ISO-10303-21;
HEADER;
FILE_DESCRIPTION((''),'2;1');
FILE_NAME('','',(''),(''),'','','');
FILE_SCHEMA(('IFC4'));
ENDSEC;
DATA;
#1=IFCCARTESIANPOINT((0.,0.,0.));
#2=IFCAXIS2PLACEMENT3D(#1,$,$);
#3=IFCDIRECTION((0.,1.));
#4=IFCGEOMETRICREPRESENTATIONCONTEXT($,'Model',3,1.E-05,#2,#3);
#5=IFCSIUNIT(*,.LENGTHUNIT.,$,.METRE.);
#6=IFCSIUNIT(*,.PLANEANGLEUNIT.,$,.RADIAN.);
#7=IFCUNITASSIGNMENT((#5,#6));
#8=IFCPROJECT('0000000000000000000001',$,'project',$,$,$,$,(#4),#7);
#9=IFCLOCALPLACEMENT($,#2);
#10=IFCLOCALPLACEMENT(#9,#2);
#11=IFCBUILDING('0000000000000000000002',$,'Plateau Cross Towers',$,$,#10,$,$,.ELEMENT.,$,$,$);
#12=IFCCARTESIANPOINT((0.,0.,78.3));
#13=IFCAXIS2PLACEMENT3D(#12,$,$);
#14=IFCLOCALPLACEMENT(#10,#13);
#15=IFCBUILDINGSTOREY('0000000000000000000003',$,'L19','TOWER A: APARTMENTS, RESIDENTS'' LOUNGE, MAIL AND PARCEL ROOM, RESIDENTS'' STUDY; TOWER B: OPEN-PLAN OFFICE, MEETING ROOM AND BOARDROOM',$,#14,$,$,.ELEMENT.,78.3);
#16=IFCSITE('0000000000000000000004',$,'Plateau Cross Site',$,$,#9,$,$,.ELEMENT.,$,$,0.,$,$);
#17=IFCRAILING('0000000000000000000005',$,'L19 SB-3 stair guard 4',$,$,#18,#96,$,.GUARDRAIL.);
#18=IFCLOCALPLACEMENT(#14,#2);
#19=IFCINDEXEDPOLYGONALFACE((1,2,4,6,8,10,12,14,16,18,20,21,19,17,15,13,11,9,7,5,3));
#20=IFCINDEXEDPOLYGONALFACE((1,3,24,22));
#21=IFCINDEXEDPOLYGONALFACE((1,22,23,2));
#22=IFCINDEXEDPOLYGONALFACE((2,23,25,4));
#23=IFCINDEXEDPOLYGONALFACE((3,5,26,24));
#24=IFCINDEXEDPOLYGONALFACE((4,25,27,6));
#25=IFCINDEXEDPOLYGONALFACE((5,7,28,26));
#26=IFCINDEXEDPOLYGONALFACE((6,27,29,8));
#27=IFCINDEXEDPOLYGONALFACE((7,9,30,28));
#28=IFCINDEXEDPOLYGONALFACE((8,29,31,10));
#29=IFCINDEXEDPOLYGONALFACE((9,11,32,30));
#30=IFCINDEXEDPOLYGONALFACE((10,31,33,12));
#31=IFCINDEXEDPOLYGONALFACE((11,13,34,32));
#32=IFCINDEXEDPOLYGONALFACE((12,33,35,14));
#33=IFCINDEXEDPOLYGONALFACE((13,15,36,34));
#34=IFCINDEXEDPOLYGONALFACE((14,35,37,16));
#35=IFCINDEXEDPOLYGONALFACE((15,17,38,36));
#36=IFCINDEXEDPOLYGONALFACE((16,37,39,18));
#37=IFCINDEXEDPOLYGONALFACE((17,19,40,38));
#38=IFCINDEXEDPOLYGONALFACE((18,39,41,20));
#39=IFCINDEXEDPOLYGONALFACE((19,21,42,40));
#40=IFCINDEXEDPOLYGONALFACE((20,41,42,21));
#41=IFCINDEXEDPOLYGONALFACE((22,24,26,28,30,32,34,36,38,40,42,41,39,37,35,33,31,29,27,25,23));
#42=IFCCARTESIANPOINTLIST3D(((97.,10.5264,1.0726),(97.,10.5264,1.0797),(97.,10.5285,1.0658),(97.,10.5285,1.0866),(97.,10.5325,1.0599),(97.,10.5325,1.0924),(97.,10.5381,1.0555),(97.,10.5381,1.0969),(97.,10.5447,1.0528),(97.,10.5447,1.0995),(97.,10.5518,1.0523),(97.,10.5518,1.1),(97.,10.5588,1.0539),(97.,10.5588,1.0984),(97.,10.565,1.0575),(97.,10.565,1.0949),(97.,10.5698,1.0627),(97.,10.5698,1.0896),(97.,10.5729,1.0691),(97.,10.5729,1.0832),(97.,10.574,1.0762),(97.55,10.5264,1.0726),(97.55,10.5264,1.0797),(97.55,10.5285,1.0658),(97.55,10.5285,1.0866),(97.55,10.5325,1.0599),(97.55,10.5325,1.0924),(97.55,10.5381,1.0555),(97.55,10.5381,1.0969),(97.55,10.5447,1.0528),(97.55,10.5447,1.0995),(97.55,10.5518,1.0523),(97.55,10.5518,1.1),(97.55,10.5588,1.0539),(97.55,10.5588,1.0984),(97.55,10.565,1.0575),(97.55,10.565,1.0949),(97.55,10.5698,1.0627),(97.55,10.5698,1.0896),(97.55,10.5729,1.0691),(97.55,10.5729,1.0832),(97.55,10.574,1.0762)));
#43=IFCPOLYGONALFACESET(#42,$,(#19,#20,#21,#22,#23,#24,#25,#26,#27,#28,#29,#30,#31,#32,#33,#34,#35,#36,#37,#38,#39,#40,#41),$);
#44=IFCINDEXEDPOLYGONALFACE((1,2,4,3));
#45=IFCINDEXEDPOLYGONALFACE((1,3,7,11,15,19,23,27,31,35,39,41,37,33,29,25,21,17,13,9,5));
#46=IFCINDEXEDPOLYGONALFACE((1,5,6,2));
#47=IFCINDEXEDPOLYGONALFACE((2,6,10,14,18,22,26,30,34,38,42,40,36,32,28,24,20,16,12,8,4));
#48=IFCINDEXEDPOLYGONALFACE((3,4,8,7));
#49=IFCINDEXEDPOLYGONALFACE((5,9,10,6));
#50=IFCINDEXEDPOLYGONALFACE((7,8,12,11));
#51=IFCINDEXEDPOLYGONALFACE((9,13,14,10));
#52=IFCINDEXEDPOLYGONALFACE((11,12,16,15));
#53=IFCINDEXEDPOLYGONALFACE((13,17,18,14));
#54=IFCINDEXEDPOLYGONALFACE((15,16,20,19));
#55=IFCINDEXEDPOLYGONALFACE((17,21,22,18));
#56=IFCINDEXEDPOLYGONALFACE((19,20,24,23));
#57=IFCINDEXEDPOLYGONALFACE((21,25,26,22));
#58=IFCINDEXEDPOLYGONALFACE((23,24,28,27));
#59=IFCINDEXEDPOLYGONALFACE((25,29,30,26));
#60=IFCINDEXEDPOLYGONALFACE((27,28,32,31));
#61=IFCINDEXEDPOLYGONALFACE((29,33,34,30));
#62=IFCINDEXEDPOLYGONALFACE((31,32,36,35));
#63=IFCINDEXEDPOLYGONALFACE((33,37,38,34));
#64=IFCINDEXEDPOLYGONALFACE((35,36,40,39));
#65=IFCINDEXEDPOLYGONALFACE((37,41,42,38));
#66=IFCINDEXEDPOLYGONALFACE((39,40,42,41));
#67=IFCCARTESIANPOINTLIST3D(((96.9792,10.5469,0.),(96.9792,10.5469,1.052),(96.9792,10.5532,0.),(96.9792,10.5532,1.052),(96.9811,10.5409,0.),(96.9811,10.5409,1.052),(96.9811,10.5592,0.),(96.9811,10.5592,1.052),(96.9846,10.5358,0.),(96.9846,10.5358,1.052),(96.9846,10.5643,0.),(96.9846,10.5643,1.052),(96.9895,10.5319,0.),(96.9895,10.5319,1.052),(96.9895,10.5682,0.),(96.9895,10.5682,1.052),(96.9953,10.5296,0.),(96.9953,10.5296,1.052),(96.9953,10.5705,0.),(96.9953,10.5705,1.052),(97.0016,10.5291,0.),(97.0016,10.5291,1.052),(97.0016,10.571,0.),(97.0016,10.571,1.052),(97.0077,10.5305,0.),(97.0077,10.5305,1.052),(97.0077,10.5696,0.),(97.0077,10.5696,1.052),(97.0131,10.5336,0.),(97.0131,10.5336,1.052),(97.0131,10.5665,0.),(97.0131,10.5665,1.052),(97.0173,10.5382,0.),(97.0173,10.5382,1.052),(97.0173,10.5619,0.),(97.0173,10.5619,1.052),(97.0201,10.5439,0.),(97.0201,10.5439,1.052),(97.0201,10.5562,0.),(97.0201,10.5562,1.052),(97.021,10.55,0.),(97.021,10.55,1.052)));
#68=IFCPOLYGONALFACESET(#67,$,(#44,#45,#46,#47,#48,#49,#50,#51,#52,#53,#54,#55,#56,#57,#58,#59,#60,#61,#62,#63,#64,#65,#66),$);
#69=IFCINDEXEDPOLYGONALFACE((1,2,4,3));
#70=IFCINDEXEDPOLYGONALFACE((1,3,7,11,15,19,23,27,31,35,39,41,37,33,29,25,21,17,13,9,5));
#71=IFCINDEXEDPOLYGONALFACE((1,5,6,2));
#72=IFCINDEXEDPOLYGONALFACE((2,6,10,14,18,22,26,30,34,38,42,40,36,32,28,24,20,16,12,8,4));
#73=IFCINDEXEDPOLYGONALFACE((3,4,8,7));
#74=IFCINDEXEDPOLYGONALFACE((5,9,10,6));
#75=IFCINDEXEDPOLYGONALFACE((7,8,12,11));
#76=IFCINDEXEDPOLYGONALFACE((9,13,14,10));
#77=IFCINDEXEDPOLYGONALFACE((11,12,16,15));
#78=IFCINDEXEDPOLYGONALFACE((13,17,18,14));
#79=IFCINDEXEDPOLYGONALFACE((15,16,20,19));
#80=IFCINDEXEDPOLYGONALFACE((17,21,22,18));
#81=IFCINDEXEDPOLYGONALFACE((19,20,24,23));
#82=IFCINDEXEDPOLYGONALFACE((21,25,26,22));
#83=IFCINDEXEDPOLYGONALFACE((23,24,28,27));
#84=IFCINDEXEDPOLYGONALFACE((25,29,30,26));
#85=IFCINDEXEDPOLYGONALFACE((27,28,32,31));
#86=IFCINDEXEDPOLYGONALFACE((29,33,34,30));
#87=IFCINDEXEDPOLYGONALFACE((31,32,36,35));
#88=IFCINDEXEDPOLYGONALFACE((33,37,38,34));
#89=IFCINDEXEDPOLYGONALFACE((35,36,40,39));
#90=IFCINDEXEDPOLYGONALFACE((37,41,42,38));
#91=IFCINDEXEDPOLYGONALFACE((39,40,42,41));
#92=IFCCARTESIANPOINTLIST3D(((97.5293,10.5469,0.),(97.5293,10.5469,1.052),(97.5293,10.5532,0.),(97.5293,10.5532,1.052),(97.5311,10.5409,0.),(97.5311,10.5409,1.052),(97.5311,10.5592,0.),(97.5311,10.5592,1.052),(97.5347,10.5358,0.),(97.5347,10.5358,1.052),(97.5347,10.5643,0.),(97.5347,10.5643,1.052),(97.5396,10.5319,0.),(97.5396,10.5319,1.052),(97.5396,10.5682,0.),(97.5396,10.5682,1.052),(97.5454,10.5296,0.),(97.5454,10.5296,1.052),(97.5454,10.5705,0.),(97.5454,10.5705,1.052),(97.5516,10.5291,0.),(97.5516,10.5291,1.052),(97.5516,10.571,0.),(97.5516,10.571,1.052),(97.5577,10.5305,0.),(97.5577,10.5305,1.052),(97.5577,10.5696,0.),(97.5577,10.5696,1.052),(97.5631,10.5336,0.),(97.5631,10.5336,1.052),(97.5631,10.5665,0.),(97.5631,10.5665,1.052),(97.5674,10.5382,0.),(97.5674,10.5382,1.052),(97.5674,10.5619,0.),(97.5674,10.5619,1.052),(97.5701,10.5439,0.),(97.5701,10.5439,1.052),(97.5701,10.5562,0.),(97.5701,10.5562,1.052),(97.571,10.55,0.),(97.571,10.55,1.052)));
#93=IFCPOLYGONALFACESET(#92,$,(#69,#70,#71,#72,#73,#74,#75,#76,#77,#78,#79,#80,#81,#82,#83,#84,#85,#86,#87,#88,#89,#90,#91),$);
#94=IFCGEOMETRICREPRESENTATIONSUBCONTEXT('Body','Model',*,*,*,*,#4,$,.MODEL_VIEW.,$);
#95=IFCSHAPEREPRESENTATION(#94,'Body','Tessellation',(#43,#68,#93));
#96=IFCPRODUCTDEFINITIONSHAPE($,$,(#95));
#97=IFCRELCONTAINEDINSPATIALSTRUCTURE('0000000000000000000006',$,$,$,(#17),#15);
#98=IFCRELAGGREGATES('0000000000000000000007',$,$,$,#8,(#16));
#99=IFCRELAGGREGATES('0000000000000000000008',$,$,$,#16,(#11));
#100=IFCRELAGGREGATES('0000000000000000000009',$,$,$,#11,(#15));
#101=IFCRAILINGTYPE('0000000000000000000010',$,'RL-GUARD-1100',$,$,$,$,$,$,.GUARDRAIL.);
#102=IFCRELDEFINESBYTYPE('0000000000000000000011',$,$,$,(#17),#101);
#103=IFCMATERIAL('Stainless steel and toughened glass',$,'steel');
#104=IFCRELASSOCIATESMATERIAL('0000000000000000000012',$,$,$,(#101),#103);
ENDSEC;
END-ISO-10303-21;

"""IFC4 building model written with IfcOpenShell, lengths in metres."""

from ifc_helpers import new_model, si_unit, direction, frame, origin, origin_2d, place, context, subcontext, project, spatial, circle, extrude, material, type_object, element, save


model = new_model("IFC4")

# Units and contexts
model_context = context("Model", 3, precision=1e-05, world=origin(), true_north=direction((0.0, 1.0)))
body_context = subcontext(model_context, "Body", "Model", "MODEL_VIEW")
ifc_project = project(units=[si_unit("LENGTHUNIT", "METRE"), si_unit("PLANEANGLEUNIT", "RADIAN")], contexts=[model_context])

# Site, building, storey
site_placement = place(None, origin())
site = spatial("IfcSite", under=ifc_project, at=site_placement, Name="Plateau Cross Site", CompositionType="ELEMENT", RefElevation=0.0)
building_placement = place(site_placement, origin())
building = spatial("IfcBuilding", under=site, at=building_placement, Name="Plateau Cross Towers", CompositionType="ELEMENT")
storey_placement = place(building_placement, frame((0.0, 0.0, 78.3)))
storey = spatial("IfcBuildingStorey", under=building, at=storey_placement, Name="L19", Description="TOWER A: APARTMENTS, RESIDENTS' LOUNGE, MAIL AND PARCEL ROOM, RESIDENTS' STUDY; TOWER B: OPEN-PLAN OFFICE, MEETING ROOM AND BOARDROOM", CompositionType="ELEMENT", Elevation=78.3)

# Railing
ifc_material_1 = material(Name="Stainless steel and toughened glass", Category="steel")
railing_type_1 = type_object("IfcRailingType", Name="RL-GUARD-1100", PredefinedType="GUARDRAIL", material=ifc_material_1)
railing_1_placement = place(storey_placement, frame((97.0, 10.55, 0.0)))
element("IfcRailing", 1, at=railing_1_placement, inside=storey, type_object=railing_type_1, Name="L19 SB-3 stair guard 4", PredefinedType="GUARDRAIL", context=body_context, shape_type="SweptSolid", body=[
    extrude(circle(Radius=0.0239, at=origin_2d()), frame((0.0, 0.0, 1.0762), z_axis=(1.0, 0.0, 0.0), x_axis=(0.0, 1.0, 0.0)), (0.0, 0.0, 1.0), 0.55),
    extrude(circle(Radius=0.021, at=origin_2d()), origin(), (0.0, 0.0, 1.0), 1.052),
    extrude(circle(Radius=0.021, at=origin_2d()), frame((0.55, 0.0, 0.0)), (0.0, 0.0, 1.0), 1.052),
])

save(model, "model.ifc")
